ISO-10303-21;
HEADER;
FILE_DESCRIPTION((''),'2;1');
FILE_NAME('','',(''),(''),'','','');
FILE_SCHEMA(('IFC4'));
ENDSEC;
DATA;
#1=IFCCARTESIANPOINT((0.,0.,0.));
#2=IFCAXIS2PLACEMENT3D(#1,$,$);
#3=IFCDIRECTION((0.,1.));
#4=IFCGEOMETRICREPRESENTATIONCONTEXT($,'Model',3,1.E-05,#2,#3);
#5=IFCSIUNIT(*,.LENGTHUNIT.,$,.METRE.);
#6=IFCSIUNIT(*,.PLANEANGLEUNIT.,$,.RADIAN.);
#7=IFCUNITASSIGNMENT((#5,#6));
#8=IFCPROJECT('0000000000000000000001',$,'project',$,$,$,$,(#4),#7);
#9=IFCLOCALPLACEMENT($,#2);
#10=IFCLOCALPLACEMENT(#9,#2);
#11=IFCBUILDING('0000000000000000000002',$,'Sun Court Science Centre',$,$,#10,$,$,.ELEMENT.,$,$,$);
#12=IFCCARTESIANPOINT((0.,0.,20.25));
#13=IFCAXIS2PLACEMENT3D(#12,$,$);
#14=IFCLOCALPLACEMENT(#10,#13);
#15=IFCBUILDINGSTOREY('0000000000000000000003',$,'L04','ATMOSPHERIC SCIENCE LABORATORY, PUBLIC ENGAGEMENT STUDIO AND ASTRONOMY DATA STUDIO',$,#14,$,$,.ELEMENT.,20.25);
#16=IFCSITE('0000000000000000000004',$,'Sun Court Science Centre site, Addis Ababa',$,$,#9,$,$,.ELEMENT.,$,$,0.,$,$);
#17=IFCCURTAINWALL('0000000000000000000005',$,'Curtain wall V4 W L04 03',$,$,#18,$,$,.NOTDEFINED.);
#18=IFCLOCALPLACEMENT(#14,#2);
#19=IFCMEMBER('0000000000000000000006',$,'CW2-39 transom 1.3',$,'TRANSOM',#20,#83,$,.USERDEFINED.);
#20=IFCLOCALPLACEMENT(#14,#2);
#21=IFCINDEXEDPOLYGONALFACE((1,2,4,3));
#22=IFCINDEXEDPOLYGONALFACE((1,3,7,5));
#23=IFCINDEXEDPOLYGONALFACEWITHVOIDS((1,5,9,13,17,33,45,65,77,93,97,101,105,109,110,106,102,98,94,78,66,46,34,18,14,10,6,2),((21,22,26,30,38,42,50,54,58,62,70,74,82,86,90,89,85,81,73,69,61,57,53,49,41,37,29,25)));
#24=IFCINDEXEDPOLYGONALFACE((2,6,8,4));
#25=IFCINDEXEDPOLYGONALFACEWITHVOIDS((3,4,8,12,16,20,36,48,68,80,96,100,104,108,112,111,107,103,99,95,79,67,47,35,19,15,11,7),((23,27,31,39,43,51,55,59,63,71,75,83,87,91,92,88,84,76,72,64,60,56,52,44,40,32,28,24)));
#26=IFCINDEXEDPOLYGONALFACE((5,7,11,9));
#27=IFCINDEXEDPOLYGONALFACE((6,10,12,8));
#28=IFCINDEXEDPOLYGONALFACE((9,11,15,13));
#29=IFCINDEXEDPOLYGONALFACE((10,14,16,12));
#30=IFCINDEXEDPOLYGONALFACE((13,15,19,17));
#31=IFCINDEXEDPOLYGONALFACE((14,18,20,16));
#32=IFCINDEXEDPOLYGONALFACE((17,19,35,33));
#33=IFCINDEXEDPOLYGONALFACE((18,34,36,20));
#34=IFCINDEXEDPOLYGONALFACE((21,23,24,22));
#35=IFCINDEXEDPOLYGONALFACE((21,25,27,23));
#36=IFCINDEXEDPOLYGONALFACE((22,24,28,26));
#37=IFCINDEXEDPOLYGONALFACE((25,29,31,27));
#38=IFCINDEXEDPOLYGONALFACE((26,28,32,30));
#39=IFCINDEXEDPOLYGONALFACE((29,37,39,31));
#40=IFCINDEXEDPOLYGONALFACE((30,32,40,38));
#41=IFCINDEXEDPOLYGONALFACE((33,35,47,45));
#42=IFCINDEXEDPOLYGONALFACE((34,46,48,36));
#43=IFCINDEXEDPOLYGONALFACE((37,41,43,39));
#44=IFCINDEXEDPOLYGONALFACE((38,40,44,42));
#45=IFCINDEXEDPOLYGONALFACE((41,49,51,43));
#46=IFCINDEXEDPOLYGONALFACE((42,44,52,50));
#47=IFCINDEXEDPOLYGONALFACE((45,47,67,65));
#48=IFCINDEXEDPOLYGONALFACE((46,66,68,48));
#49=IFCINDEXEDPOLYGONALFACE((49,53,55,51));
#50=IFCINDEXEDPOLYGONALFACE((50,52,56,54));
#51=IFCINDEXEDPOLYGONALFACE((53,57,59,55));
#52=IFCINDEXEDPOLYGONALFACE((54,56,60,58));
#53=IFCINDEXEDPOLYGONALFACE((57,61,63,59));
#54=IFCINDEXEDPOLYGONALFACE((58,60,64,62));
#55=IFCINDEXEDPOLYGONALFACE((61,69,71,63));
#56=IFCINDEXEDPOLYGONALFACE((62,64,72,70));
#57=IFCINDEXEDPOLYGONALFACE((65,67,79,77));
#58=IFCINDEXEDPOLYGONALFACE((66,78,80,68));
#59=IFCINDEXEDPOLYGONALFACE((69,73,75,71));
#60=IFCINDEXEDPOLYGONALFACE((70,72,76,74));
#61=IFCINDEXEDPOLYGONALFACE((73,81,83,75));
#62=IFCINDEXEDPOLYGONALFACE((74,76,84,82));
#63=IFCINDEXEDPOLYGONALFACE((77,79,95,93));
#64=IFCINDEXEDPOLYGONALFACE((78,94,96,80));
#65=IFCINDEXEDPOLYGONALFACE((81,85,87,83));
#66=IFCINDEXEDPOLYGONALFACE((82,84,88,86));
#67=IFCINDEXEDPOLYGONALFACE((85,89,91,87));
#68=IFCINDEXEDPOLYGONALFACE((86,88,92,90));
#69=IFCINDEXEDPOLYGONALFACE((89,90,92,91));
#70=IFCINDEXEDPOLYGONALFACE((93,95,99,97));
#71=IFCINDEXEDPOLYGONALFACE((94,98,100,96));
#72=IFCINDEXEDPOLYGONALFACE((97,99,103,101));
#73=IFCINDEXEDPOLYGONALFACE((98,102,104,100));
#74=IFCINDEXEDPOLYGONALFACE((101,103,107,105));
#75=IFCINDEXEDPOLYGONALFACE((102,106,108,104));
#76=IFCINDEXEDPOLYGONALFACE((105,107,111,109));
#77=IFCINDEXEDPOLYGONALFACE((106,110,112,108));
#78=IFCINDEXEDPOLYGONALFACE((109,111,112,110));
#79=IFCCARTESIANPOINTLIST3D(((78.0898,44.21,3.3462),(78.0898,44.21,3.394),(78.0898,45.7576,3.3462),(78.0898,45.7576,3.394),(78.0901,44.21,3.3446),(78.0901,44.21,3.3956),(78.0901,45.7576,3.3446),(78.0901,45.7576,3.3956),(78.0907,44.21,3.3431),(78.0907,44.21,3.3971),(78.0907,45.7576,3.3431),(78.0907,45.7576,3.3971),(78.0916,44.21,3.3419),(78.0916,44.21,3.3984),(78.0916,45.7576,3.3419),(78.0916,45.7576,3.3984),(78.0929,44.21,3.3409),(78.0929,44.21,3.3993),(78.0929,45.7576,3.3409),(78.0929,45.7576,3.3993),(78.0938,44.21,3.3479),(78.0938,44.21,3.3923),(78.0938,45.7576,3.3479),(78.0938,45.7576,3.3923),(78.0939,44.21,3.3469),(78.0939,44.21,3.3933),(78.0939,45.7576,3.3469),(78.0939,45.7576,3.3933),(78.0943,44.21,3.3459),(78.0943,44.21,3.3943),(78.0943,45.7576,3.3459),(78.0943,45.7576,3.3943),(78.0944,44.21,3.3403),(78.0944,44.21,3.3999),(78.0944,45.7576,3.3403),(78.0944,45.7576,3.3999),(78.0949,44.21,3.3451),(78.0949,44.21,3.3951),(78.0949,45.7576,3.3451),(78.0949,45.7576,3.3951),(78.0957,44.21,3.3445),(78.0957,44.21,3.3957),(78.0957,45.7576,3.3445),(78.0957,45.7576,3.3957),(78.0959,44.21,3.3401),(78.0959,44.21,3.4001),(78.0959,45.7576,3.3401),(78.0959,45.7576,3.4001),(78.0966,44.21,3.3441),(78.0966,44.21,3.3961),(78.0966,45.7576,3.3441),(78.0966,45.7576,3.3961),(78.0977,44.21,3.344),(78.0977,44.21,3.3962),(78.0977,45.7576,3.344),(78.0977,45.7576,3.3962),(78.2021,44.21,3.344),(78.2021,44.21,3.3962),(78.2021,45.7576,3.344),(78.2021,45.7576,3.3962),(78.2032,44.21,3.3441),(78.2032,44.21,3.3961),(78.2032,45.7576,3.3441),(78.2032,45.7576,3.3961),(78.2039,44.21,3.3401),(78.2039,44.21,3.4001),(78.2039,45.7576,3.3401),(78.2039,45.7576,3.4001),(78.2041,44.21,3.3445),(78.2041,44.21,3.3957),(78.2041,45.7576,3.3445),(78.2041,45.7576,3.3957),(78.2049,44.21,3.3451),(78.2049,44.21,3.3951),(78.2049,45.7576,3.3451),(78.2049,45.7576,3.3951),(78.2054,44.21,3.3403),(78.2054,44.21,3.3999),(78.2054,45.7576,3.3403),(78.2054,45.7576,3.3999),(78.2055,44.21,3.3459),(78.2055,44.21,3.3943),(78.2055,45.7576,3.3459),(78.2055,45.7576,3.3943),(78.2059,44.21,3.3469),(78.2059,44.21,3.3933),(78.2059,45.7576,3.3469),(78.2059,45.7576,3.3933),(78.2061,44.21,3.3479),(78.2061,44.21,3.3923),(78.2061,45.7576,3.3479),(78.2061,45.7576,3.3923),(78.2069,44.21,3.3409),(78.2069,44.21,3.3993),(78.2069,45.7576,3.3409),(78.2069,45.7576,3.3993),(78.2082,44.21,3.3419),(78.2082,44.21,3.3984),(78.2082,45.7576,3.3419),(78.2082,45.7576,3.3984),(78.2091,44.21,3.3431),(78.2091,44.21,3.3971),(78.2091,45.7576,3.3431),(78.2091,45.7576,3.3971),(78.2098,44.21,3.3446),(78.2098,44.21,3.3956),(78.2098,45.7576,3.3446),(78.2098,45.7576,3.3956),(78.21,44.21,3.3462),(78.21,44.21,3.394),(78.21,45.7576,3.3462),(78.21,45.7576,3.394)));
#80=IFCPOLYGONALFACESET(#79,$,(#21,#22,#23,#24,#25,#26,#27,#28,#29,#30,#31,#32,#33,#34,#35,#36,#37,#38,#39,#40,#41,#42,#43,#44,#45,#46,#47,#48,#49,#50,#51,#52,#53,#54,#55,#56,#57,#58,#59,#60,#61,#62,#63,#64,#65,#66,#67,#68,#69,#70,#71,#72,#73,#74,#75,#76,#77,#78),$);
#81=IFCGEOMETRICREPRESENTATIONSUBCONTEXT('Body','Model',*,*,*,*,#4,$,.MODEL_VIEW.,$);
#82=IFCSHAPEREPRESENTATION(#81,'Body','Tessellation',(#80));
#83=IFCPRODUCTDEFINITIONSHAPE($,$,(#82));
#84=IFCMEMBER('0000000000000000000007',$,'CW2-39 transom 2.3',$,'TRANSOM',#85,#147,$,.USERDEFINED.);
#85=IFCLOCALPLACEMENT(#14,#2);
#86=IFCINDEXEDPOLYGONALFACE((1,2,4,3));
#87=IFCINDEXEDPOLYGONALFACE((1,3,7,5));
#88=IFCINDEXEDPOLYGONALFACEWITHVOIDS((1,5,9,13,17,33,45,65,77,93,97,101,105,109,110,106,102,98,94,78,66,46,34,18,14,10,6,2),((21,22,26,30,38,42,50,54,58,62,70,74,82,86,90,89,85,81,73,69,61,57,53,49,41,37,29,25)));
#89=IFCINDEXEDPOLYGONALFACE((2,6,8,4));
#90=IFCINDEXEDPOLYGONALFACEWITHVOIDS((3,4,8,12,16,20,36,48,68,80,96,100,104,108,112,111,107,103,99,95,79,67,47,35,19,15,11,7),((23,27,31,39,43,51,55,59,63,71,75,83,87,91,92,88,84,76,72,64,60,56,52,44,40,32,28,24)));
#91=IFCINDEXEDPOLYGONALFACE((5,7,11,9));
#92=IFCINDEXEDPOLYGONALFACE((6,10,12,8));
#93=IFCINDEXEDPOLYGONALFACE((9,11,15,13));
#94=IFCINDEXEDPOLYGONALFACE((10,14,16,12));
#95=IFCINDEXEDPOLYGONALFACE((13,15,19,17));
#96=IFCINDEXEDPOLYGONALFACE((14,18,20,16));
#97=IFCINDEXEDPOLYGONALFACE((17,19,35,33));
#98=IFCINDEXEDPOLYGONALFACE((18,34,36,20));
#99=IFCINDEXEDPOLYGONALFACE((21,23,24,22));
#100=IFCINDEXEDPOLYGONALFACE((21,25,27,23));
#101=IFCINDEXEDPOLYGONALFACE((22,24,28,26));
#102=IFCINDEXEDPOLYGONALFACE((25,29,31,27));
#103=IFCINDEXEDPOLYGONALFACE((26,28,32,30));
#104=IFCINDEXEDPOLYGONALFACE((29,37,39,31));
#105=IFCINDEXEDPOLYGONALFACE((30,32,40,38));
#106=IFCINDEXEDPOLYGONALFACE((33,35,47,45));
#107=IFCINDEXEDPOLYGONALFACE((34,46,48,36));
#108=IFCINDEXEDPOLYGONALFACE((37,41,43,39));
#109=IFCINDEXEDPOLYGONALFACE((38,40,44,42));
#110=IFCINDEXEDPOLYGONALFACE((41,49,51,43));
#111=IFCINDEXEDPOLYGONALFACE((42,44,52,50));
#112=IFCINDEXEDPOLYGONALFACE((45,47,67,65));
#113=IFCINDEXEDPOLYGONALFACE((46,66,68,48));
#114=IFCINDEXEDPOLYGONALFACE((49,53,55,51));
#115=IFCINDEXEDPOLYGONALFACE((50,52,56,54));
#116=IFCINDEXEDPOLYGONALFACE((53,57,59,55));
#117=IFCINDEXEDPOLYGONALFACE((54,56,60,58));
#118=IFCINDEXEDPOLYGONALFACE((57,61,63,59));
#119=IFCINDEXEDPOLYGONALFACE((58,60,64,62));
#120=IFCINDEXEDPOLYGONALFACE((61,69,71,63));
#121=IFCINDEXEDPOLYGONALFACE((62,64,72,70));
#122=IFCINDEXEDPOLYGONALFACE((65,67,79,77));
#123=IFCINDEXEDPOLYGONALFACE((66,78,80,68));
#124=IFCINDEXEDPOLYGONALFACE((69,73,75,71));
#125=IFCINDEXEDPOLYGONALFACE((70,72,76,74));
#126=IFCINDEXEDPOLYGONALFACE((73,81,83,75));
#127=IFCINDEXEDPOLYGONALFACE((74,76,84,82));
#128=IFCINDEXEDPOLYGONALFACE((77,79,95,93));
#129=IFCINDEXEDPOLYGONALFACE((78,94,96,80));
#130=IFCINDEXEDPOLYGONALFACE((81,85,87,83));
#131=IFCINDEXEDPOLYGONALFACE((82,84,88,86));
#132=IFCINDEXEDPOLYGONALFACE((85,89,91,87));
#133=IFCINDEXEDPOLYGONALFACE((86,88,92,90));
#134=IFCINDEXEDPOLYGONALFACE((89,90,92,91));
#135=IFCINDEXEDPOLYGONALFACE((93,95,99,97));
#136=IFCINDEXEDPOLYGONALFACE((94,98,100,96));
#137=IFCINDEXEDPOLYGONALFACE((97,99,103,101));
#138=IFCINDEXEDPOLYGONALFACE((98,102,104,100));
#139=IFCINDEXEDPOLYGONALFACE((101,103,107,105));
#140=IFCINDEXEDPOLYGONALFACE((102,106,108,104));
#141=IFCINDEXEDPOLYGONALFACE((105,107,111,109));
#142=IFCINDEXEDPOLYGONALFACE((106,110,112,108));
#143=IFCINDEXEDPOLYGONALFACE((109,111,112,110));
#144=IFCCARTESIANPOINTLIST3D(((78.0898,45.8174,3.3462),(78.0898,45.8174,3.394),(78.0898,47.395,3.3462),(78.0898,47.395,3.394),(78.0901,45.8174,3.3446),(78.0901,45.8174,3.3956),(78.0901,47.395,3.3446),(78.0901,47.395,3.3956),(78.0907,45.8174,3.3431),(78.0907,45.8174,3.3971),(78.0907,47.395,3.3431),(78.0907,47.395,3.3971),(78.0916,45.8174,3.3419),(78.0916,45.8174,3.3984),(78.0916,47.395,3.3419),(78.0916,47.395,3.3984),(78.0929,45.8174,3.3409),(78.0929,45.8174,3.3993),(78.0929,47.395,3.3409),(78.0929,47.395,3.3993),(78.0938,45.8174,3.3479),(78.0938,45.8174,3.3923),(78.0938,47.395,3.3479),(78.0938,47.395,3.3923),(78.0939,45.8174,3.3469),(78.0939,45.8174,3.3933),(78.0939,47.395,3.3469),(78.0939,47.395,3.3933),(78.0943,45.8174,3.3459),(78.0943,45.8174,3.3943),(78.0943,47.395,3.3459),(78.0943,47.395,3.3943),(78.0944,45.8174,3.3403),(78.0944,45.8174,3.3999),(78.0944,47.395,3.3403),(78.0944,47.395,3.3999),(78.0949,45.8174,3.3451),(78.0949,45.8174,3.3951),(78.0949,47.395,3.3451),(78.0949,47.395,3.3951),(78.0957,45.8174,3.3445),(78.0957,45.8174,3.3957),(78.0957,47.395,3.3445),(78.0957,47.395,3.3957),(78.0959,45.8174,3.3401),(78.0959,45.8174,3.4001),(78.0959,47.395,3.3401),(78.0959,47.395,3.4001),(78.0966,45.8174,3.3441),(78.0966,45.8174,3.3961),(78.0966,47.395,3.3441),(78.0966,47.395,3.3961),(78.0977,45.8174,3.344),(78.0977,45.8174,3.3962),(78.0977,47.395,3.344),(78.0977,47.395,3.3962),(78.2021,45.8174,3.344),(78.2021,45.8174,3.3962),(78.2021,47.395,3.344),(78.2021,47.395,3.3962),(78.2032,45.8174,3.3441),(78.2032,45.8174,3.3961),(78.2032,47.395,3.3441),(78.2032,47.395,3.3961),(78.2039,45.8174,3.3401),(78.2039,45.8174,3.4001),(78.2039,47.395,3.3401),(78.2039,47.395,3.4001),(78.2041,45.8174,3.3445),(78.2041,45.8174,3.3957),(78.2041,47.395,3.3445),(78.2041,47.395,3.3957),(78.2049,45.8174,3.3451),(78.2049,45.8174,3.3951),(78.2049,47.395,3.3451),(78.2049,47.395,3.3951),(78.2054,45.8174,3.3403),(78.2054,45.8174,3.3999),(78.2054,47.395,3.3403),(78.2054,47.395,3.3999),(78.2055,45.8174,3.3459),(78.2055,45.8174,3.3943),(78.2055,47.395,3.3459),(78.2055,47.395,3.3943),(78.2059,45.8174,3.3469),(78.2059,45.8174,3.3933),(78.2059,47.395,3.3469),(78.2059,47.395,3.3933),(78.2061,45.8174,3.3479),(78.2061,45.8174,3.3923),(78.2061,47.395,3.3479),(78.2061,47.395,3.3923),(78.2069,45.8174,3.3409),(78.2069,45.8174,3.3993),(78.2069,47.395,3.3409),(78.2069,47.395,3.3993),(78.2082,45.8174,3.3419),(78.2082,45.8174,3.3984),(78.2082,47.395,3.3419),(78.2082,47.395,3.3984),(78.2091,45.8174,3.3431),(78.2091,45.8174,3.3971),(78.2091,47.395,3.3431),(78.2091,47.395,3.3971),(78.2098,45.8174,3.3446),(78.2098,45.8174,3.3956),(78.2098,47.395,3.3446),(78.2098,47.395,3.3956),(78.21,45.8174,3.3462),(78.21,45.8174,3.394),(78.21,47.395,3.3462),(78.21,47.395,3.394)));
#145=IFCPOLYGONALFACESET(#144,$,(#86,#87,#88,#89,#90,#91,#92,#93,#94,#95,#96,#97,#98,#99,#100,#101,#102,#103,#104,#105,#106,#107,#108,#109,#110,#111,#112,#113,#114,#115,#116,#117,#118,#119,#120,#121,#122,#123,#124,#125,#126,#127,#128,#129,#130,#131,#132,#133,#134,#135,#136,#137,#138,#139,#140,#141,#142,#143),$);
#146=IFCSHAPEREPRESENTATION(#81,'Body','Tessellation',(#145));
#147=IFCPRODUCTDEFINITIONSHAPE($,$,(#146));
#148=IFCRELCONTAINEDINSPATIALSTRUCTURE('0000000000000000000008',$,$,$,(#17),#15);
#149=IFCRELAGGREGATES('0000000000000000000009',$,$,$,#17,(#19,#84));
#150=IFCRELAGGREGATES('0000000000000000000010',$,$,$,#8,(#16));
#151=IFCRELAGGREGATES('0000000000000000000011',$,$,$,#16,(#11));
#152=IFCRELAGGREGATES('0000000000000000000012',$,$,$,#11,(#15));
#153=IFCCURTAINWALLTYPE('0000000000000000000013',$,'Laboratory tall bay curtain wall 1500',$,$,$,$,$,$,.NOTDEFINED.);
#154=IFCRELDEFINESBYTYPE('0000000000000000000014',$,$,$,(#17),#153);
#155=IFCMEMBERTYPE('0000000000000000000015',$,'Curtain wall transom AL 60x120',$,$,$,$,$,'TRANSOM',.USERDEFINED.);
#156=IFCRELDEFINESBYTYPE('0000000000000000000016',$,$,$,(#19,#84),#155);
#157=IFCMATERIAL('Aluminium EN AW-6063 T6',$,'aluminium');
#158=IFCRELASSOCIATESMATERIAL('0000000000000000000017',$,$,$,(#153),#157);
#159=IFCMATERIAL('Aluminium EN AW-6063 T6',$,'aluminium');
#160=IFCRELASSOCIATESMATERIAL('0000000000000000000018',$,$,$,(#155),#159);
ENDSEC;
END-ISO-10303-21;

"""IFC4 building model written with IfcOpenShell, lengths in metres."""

from ifc_helpers import new_model, si_unit, direction, frame, origin, origin_2d, place, context, subcontext, project, spatial, hollow_rectangle, extrude, material, material_profile, profile_set, type_object, element, aggregate, save


model = new_model("IFC4")

# Units and contexts
model_context = context("Model", 3, precision=1e-05, world=origin(), true_north=direction((0.0, 1.0)))
body_context = subcontext(model_context, "Body", "Model", "MODEL_VIEW")
ifc_project = project(units=[si_unit("LENGTHUNIT", "METRE"), si_unit("PLANEANGLEUNIT", "RADIAN")], contexts=[model_context])

# Site, building, storey
site_placement = place(None, origin())
site = spatial("IfcSite", under=ifc_project, at=site_placement, Name="Sun Court Science Centre site, Addis Ababa", CompositionType="ELEMENT", RefElevation=0.0)
building_placement = place(site_placement, origin())
building = spatial("IfcBuilding", under=site, at=building_placement, Name="Sun Court Science Centre", CompositionType="ELEMENT")
storey_placement = place(building_placement, frame((0.0, 0.0, 20.25)))
storey = spatial("IfcBuildingStorey", under=building, at=storey_placement, Name="L04", Description="ATMOSPHERIC SCIENCE LABORATORY, PUBLIC ENGAGEMENT STUDIO AND ASTRONOMY DATA STUDIO", CompositionType="ELEMENT", Elevation=20.25)

# Shared definitions
ifc_material_1 = material(Name="Aluminium EN AW-6063 T6", Category="aluminium")
curtain_wall_type = type_object("IfcCurtainWallType", Name="Laboratory tall bay curtain wall 1500", PredefinedType="NOTDEFINED", material=ifc_material_1)

# Curtain wall
curtain_wall_1_placement = place(storey_placement, origin())
curtain_wall_1 = element("IfcCurtainWall", 1, at=curtain_wall_1_placement, inside=storey, type_object=curtain_wall_type, Name="Curtain wall V4 W L04 03", PredefinedType="NOTDEFINED")

# Members
ifc_material_2 = material(Name="Aluminium EN AW-6063 T6", Category="aluminium")
ifc_material_profile_1 = material_profile(ifc_material_2, hollow_rectangle(XDim=0.0601, YDim=0.1201, WallThickness=0.0039, InnerFilletRadius=0.0039, OuterFilletRadius=0.0061, at=origin_2d()), Name="AL 60x120x4")
ifc_profile_set_1 = profile_set([ifc_material_profile_1], Name="Aluminium EN AW-6063 T6")
member_type_1 = type_object("IfcMemberType", Name="Curtain wall transom AL 60x120", ElementType="TRANSOM", PredefinedType="USERDEFINED", material=ifc_profile_set_1)
member_1_placement = place(storey_placement, frame((78.1499, 44.21, 3.3701), z_axis=(0.0, 1.0, 0.0), x_axis=(0.0, 0.0, 1.0)))
member_1 = element("IfcMember", 2, at=member_1_placement, type_object=member_type_1, Name="CW2-39 transom 1.3", ObjectType="TRANSOM", PredefinedType="USERDEFINED", context=body_context, shape_type="SweptSolid", body=[
    extrude(hollow_rectangle(XDim=0.0601, YDim=0.1201, WallThickness=0.0039, InnerFilletRadius=0.0039, OuterFilletRadius=0.0061, at=origin_2d()), origin(), (0.0, 0.0, 1.0), 1.5476),
])
member_2_placement = place(storey_placement, frame((78.1499, 45.8174, 3.3701), z_axis=(0.0, 1.0, 0.0), x_axis=(0.0, 0.0, 1.0)))
member_2 = element("IfcMember", 3, at=member_2_placement, type_object=member_type_1, Name="CW2-39 transom 2.3", ObjectType="TRANSOM", PredefinedType="USERDEFINED", context=body_context, shape_type="SweptSolid", body=[
    extrude(hollow_rectangle(XDim=0.0601, YDim=0.1201, WallThickness=0.0039, InnerFilletRadius=0.0039, OuterFilletRadius=0.0061, at=origin_2d()), origin(), (0.0, 0.0, 1.0), 1.5776),
])

aggregate(curtain_wall_1, [member_1, member_2])

save(model, "model.ifc")
